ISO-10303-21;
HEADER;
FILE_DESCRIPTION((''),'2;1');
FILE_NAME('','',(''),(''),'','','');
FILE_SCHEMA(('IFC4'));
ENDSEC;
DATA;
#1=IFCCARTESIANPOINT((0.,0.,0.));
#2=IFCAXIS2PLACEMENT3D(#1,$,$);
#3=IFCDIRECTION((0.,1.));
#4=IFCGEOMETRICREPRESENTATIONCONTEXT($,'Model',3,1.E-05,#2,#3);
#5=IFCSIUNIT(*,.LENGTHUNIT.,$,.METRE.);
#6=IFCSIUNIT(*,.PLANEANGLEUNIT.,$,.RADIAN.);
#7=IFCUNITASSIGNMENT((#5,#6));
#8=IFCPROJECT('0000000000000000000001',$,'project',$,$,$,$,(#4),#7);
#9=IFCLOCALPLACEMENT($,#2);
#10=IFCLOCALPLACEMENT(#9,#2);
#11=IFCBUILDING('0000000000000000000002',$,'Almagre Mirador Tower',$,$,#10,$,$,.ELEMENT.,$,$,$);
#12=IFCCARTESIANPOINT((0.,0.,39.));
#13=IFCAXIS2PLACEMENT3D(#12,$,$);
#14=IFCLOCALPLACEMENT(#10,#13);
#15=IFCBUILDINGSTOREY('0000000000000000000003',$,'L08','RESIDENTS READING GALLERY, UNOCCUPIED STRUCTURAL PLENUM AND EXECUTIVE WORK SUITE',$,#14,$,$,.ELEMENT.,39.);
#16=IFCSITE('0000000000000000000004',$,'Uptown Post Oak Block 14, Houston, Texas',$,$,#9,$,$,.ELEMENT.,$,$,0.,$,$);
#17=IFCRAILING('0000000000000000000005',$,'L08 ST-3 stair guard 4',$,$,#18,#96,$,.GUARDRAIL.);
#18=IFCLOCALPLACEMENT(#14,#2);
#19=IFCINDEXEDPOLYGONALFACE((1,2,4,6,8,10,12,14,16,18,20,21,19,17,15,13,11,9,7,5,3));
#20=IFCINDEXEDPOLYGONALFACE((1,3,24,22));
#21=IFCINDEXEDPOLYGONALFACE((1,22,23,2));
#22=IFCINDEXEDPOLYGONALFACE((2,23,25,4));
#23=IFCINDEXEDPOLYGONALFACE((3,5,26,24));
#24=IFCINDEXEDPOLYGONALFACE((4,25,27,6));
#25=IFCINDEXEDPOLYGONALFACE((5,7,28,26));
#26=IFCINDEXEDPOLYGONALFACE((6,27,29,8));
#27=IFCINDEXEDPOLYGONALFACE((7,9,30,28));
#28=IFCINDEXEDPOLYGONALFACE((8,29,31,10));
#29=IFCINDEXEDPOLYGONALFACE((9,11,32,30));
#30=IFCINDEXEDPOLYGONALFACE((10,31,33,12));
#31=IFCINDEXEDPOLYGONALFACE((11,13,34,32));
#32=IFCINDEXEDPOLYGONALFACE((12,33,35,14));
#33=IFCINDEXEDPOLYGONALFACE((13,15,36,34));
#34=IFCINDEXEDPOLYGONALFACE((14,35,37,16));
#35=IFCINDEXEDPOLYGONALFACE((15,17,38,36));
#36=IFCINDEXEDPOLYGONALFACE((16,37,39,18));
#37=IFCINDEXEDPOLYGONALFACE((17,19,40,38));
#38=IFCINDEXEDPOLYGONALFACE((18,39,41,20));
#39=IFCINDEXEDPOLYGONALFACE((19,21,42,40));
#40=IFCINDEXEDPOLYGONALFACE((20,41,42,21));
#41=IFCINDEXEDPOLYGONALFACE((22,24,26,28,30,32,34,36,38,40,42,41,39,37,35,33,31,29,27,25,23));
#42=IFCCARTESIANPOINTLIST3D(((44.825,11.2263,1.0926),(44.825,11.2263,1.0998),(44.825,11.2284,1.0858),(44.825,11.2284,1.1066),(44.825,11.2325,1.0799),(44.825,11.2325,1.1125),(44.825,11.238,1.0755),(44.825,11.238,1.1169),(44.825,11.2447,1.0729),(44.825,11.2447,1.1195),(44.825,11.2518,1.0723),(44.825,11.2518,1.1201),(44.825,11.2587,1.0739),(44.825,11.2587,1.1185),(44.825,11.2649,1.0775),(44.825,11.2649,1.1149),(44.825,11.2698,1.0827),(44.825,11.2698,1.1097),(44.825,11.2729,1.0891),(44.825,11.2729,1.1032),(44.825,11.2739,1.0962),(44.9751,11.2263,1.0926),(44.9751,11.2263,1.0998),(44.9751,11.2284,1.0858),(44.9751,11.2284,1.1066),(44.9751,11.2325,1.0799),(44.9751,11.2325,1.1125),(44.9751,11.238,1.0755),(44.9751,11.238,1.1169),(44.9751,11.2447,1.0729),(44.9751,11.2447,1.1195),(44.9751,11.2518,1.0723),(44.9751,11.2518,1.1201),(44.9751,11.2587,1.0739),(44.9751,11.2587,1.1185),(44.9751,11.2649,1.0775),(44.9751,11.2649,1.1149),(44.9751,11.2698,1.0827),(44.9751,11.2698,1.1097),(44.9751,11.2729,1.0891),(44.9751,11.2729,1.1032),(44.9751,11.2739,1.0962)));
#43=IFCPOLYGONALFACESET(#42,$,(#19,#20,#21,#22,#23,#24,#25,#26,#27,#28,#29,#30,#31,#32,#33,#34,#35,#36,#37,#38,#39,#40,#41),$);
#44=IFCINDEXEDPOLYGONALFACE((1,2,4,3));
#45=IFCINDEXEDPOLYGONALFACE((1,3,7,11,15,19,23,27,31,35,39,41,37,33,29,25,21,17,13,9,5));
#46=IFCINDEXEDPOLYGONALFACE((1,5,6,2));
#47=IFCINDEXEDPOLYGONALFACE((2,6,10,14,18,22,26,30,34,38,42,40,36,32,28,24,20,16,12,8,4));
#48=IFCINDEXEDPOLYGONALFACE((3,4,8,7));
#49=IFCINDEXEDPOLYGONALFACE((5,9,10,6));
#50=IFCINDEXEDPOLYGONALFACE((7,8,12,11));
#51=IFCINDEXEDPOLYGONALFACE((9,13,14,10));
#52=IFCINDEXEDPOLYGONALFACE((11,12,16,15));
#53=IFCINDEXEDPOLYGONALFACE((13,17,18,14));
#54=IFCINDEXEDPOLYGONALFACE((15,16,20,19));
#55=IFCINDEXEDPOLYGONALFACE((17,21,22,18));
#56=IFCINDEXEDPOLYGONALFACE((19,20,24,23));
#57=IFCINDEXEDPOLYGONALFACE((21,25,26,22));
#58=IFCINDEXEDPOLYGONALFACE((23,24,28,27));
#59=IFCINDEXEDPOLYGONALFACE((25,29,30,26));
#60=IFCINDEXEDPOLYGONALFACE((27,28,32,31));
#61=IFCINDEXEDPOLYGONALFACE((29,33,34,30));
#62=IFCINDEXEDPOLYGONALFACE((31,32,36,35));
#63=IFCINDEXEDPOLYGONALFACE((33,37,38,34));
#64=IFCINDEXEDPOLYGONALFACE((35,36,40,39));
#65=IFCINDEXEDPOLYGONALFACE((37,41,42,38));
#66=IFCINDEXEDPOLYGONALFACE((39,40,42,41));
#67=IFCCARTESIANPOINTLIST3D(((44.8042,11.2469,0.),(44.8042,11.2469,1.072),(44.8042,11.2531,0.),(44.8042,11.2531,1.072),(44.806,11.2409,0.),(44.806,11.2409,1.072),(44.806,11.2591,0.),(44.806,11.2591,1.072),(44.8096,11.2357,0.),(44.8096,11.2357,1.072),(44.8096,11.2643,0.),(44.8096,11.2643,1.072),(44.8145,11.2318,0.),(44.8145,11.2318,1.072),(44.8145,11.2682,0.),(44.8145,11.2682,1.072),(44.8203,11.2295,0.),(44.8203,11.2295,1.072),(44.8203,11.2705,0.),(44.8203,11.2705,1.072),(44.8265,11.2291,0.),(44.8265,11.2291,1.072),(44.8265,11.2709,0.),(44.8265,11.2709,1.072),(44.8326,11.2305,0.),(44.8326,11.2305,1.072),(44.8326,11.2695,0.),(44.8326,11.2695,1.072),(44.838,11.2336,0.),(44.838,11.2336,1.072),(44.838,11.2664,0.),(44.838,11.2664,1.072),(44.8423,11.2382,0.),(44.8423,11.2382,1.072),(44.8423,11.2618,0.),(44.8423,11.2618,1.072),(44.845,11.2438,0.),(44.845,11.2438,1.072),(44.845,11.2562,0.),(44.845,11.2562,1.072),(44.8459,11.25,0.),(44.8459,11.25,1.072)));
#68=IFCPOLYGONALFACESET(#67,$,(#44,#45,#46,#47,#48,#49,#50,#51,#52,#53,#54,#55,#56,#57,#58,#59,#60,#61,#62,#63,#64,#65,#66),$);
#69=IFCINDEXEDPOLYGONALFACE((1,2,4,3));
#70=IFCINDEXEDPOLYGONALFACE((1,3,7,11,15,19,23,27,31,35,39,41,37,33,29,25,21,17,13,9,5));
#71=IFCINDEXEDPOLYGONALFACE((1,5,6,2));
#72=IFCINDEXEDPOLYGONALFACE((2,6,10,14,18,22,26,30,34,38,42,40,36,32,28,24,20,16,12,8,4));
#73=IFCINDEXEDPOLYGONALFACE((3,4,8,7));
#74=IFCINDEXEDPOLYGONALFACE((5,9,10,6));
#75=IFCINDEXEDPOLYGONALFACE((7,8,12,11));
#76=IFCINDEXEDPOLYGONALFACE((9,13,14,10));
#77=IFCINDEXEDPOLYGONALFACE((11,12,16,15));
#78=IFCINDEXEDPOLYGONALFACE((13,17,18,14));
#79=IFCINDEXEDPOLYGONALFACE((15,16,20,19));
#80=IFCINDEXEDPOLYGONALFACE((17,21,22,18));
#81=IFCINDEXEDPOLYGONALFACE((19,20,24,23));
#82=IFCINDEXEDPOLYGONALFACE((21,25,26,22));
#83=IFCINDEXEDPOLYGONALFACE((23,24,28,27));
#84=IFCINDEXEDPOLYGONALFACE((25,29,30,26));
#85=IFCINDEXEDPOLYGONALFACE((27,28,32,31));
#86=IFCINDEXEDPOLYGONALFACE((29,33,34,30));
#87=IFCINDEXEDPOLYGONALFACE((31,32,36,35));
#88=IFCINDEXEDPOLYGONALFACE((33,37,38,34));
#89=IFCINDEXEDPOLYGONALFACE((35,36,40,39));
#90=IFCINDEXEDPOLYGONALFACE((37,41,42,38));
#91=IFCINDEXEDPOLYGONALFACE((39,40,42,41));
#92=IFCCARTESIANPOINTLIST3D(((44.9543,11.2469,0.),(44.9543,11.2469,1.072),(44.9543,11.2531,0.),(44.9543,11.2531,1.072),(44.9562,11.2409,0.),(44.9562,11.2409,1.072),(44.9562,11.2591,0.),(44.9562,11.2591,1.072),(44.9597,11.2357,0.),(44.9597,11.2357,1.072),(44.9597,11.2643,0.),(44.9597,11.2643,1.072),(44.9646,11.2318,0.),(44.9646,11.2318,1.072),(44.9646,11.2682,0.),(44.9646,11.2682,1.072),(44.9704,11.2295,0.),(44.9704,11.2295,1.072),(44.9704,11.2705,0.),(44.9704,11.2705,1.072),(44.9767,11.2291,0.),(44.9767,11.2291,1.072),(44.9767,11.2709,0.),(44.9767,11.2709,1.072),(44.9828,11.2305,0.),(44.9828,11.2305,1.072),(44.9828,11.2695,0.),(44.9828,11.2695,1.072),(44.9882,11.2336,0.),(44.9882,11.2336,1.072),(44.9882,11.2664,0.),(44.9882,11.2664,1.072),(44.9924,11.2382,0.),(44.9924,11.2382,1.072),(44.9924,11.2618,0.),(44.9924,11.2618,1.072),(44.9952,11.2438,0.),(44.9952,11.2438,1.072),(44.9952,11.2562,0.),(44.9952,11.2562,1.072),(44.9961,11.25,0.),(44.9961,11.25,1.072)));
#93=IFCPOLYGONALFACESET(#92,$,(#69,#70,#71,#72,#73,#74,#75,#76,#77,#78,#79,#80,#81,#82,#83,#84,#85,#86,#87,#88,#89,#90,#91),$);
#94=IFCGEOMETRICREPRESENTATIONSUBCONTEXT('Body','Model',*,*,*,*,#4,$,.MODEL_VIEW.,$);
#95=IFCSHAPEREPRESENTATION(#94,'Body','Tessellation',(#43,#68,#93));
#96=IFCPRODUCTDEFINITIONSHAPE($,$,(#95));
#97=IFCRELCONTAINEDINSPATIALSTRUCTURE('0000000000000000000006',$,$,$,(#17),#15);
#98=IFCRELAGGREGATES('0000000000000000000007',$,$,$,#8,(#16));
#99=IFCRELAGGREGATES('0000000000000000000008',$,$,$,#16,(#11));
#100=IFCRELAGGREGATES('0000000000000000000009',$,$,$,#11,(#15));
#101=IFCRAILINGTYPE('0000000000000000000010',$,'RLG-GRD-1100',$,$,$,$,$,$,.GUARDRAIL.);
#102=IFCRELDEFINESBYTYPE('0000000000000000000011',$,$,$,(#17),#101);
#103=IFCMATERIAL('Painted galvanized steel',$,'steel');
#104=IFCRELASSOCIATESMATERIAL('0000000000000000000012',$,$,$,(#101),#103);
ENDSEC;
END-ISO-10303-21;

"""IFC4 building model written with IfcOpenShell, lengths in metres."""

from ifc_helpers import new_model, si_unit, direction, frame, origin, origin_2d, place, context, subcontext, project, spatial, circle, extrude, material, type_object, element, save


model = new_model("IFC4")

# Units and contexts
model_context = context("Model", 3, precision=1e-05, world=origin(), true_north=direction((0.0, 1.0)))
body_context = subcontext(model_context, "Body", "Model", "MODEL_VIEW")
ifc_project = project(units=[si_unit("LENGTHUNIT", "METRE"), si_unit("PLANEANGLEUNIT", "RADIAN")], contexts=[model_context])

# Site, building, storey
site_placement = place(None, origin())
site = spatial("IfcSite", under=ifc_project, at=site_placement, Name="Uptown Post Oak Block 14, Houston, Texas", CompositionType="ELEMENT", RefElevation=0.0)
building_placement = place(site_placement, origin())
building = spatial("IfcBuilding", under=site, at=building_placement, Name="Almagre Mirador Tower", CompositionType="ELEMENT")
storey_placement = place(building_placement, frame((0.0, 0.0, 39.0)))
storey = spatial("IfcBuildingStorey", under=building, at=storey_placement, Name="L08", Description="RESIDENTS READING GALLERY, UNOCCUPIED STRUCTURAL PLENUM AND EXECUTIVE WORK SUITE", CompositionType="ELEMENT", Elevation=39.0)

# Railing
ifc_material_1 = material(Name="Painted galvanized steel", Category="steel")
railing_type_1 = type_object("IfcRailingType", Name="RLG-GRD-1100", PredefinedType="GUARDRAIL", material=ifc_material_1)
railing_1_placement = place(storey_placement, frame((44.825, 11.25, 0.0)))
element("IfcRailing", 1, at=railing_1_placement, inside=storey, type_object=railing_type_1, Name="L08 ST-3 stair guard 4", PredefinedType="GUARDRAIL", context=body_context, shape_type="SweptSolid", body=[
    extrude(circle(Radius=0.0239, at=origin_2d()), frame((0.0, 0.0, 1.0962), z_axis=(1.0, 0.0, 0.0), x_axis=(0.0, 1.0, 0.0)), (0.0, 0.0, 1.0), 0.1501),
    extrude(circle(Radius=0.021, at=origin_2d()), origin(), (0.0, 0.0, 1.0), 1.072),
    extrude(circle(Radius=0.021, at=origin_2d()), frame((0.1501, 0.0, 0.0)), (0.0, 0.0, 1.0), 1.072),
])

save(model, "model.ifc")
